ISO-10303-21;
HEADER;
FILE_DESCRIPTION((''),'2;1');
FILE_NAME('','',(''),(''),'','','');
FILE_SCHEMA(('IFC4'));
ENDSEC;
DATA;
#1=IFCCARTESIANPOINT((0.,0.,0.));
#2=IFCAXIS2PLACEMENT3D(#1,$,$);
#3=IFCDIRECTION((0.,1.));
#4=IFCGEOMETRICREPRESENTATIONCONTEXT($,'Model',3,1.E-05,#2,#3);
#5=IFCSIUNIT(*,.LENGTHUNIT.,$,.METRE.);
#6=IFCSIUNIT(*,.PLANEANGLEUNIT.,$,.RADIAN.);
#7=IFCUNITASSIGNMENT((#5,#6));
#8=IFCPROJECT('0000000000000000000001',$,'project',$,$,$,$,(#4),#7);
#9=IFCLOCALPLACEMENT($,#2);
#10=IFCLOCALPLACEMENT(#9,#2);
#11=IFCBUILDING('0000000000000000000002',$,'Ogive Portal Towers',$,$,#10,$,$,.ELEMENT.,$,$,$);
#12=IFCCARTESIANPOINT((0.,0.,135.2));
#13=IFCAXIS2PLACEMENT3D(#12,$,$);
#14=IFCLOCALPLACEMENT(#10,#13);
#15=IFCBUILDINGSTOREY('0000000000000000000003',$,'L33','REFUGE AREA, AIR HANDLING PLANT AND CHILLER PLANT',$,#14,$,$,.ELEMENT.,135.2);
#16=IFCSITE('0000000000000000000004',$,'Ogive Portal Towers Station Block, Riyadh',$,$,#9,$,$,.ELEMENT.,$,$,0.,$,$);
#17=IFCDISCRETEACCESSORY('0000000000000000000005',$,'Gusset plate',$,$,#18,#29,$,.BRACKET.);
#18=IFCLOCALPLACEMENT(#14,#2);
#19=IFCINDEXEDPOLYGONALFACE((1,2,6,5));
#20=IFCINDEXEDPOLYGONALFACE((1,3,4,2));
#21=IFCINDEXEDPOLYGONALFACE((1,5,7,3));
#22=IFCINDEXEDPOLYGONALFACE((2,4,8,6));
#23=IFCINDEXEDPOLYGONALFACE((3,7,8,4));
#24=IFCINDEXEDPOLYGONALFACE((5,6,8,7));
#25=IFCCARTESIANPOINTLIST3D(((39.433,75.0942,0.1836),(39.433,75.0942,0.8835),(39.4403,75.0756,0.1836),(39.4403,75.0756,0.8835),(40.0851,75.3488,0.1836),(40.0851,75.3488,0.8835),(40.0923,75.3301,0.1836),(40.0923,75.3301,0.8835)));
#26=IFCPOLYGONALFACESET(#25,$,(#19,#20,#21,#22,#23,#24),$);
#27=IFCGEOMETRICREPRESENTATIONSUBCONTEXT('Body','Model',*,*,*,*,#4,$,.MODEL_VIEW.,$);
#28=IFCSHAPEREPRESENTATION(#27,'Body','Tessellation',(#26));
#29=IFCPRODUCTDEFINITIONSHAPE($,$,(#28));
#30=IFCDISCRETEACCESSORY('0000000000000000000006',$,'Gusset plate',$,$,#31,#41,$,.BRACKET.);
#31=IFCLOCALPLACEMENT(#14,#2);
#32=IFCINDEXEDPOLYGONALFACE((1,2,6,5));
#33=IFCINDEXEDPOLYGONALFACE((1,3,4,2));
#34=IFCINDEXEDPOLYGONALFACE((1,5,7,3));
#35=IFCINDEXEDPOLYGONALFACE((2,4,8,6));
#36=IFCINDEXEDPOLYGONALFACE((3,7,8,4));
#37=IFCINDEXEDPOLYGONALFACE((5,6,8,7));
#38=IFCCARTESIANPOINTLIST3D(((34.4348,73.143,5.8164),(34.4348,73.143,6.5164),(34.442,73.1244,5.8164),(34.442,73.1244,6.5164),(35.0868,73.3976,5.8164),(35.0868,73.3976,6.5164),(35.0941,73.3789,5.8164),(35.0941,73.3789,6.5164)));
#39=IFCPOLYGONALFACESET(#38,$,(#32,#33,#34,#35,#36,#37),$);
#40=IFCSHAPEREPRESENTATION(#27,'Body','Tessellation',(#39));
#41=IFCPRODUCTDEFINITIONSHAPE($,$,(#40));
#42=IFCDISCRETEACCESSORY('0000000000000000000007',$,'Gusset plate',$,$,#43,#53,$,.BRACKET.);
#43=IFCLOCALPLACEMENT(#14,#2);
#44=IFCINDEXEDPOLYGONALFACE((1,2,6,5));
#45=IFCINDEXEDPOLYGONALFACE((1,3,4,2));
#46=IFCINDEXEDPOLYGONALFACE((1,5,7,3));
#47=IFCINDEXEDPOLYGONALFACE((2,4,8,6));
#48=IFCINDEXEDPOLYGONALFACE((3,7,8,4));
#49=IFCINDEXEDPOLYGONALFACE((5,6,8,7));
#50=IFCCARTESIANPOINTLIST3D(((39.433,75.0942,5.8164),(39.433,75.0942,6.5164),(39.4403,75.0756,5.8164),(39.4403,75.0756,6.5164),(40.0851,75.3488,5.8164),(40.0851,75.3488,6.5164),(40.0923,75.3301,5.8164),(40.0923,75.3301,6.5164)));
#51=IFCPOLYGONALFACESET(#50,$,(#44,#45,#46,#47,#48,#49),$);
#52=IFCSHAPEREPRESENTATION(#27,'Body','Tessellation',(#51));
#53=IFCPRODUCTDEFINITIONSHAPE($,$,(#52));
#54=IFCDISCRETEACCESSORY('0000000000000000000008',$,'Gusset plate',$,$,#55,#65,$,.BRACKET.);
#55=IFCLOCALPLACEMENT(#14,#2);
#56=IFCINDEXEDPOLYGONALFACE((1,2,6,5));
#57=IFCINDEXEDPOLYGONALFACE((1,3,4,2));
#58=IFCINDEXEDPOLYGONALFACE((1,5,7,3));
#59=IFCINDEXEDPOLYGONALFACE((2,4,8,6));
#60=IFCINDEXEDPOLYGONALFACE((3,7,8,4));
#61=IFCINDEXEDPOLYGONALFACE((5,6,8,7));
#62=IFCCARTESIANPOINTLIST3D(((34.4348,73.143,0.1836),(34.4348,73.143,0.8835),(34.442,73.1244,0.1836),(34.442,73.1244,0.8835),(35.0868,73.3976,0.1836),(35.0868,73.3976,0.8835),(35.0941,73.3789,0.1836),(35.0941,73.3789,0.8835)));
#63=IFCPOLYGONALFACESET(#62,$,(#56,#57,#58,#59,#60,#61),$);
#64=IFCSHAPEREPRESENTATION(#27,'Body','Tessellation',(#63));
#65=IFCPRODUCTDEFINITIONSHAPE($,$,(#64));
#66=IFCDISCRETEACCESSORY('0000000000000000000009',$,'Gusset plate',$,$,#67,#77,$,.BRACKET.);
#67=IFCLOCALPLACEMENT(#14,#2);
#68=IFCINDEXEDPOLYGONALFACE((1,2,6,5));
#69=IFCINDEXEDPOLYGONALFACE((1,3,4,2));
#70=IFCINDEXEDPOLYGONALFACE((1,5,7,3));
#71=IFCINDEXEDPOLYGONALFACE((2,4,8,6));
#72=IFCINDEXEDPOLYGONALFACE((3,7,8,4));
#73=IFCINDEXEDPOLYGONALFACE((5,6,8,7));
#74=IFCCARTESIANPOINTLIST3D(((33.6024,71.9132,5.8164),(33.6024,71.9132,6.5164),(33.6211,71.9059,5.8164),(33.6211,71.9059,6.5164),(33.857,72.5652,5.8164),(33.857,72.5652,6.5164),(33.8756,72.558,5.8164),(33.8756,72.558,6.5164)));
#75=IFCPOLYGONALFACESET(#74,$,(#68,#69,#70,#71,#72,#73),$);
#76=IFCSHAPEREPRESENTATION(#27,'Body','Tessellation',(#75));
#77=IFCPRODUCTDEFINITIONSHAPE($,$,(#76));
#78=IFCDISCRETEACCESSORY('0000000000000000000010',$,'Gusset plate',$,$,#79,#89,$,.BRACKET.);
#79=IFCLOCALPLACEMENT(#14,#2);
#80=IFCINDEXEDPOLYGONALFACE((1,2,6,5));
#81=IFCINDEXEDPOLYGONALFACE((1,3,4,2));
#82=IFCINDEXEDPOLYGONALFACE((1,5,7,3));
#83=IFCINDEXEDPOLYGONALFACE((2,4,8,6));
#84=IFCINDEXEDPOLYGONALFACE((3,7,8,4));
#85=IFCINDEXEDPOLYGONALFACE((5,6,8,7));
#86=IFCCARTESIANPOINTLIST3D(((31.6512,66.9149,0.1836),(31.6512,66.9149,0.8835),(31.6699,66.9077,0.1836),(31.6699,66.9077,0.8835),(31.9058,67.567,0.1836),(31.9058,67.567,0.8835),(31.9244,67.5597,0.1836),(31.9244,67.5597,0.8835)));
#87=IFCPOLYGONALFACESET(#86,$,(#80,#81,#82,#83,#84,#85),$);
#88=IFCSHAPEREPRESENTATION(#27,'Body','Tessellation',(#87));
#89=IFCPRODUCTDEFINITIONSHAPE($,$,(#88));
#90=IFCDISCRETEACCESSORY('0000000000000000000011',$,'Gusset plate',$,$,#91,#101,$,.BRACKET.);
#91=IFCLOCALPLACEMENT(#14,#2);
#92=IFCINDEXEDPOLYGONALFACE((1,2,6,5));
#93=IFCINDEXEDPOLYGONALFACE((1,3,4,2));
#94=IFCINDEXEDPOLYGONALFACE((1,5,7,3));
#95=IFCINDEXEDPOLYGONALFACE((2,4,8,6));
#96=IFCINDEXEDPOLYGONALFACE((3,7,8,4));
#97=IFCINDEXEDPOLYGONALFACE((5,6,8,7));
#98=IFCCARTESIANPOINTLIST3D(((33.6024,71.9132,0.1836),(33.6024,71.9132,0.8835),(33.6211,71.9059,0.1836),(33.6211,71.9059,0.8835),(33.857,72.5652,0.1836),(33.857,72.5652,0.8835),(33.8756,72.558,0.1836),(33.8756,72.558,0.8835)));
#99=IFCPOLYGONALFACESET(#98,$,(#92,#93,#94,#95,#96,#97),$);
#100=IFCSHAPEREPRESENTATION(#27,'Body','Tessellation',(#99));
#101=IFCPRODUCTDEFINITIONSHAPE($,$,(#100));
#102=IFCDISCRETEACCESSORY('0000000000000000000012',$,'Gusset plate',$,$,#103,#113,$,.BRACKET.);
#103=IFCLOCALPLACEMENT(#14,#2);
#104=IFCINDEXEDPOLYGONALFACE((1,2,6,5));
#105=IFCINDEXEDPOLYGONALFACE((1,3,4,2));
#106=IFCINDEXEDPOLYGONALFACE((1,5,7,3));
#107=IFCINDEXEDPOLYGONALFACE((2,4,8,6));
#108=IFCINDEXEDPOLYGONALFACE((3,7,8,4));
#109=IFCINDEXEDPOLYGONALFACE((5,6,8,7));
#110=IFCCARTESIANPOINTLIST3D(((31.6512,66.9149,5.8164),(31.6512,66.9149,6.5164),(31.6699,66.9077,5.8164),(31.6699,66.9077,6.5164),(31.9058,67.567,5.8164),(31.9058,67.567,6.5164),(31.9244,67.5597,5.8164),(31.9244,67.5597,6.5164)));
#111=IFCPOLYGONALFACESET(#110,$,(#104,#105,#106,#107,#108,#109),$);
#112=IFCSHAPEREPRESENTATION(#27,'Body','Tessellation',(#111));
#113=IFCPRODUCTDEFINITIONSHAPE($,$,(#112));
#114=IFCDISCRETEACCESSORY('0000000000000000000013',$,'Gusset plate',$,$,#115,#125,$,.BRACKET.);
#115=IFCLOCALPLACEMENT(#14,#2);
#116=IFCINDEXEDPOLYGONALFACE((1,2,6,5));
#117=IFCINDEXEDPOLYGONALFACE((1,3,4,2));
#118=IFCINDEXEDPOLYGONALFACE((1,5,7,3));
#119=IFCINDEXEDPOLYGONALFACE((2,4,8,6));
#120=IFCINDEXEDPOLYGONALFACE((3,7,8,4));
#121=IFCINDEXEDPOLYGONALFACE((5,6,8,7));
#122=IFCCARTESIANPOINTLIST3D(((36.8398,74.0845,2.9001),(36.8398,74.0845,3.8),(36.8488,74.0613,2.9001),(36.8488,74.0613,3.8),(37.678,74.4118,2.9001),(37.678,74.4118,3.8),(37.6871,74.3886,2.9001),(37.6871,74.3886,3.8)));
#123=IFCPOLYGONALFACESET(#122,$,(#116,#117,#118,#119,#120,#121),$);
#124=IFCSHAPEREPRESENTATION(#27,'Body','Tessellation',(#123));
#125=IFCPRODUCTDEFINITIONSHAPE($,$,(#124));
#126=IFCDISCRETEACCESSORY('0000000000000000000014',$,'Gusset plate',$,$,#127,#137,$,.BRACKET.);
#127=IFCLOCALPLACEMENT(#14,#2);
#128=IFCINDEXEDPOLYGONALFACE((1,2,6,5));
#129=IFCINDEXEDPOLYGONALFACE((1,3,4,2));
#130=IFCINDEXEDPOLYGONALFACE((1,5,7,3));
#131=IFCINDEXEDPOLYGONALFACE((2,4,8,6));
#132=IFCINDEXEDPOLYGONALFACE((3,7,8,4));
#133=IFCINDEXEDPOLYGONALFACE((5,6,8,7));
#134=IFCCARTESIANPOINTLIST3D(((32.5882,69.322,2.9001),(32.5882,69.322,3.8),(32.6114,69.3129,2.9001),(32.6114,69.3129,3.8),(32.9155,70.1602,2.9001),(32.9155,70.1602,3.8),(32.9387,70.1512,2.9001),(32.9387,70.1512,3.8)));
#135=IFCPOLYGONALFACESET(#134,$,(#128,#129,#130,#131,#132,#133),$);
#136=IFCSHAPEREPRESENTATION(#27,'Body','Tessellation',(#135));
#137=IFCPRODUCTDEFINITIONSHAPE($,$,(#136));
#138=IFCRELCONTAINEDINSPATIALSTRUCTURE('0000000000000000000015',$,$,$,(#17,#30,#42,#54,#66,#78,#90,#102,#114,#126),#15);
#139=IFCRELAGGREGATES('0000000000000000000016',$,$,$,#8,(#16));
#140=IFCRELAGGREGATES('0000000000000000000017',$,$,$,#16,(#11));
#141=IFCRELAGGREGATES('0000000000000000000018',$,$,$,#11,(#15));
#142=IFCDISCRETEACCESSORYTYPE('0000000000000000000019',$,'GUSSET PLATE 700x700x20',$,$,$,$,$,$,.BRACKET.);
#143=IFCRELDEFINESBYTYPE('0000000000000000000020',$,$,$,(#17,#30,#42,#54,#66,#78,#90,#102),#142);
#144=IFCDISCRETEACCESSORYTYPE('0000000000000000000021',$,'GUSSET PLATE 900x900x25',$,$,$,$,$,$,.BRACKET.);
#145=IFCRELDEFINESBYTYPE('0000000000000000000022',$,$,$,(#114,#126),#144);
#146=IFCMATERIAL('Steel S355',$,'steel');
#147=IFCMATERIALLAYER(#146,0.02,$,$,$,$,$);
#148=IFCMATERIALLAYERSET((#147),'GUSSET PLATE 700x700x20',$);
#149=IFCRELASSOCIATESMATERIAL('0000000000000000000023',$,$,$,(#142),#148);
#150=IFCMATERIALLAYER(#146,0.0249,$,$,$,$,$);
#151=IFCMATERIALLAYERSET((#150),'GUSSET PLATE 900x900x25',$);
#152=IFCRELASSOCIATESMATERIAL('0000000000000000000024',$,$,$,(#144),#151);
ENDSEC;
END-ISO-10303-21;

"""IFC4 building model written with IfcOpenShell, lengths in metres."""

from ifc_helpers import new_model, si_unit, direction, frame, origin, origin_2d, place, context, subcontext, project, spatial, rectangle, extrude, material, layer, layer_set, type_object, element, save


model = new_model("IFC4")

# Units and contexts
model_context = context("Model", 3, precision=1e-05, world=origin(), true_north=direction((0.0, 1.0)))
body_context = subcontext(model_context, "Body", "Model", "MODEL_VIEW")
ifc_project = project(units=[si_unit("LENGTHUNIT", "METRE"), si_unit("PLANEANGLEUNIT", "RADIAN")], contexts=[model_context])

# Site, building, storey
site_placement = place(None, origin())
site = spatial("IfcSite", under=ifc_project, at=site_placement, Name="Ogive Portal Towers Station Block, Riyadh", CompositionType="ELEMENT", RefElevation=0.0)
building_placement = place(site_placement, origin())
building = spatial("IfcBuilding", under=site, at=building_placement, Name="Ogive Portal Towers", CompositionType="ELEMENT")
storey_placement = place(building_placement, frame((0.0, 0.0, 135.2)))
storey = spatial("IfcBuildingStorey", under=building, at=storey_placement, Name="L33", Description="REFUGE AREA, AIR HANDLING PLANT AND CHILLER PLANT", CompositionType="ELEMENT", Elevation=135.2)

# Shared definitions
ifc_material_1 = material(Name="Steel S355", Category="steel")

# Discrete accessories
ifc_layer_1 = layer(ifc_material_1, 0.02)
ifc_layer_set_1 = layer_set([ifc_layer_1], Name="GUSSET PLATE 700x700x20")
discrete_accessory_type_1 = type_object("IfcDiscreteAccessoryType", Name="GUSSET PLATE 700x700x20", PredefinedType="BRACKET", material=ifc_layer_set_1)
for number, where, z_axis, x_axis, name in (
    (1, (39.7627, 75.2122, 0.1836), (0.0, 0.0, 1.0), (-0.931533, -0.363658, 0.0), "Gusset plate"),
    (2, (34.7644, 73.261, 5.8164), (0.0, 0.0, 1.0), (-0.931533, -0.363658, 0.0), "Gusset plate"),
    (3, (39.7627, 75.2122, 5.8164), (0.0, 0.0, 1.0), (-0.931526, -0.363674, 0.0), "Gusset plate"),
    (4, (34.7644, 73.261, 0.1836), (0.0, 0.0, 1.0), (-0.931526, -0.363674, 0.0), "Gusset plate"),
    (5, (33.739, 72.2356, 5.8164), (0.0, 0.0, 1.0), (-0.363658, -0.931533, 0.0), "Gusset plate"),
    (6, (31.7878, 67.2373, 0.1836), (0.0, 0.0, 1.0), (-0.363658, -0.931533, 0.0), "Gusset plate"),
    (7, (33.739, 72.2356, 0.1836), (0.0, 0.0, 1.0), (-0.363674, -0.931526, 0.0), "Gusset plate"),
    (8, (31.7878, 67.2373, 5.8164), (0.0, 0.0, 1.0), (-0.363674, -0.931526, 0.0), "Gusset plate"),
):
    element("IfcDiscreteAccessory", number, at=place(storey_placement, frame(where, z_axis=z_axis, x_axis=x_axis)), inside=storey, type_object=discrete_accessory_type_1, Name=name, PredefinedType="BRACKET", context=body_context, shape_type="SweptSolid", body=[
        extrude(rectangle(XDim=0.7, YDim=0.02, at=origin_2d()), origin(), (0.0, 0.0, 1.0), 0.7),
    ])
ifc_layer_2 = layer(ifc_material_1, 0.0249)
ifc_layer_set_2 = layer_set([ifc_layer_2], Name="GUSSET PLATE 900x900x25")
discrete_accessory_type_2 = type_object("IfcDiscreteAccessoryType", Name="GUSSET PLATE 900x900x25", PredefinedType="BRACKET", material=ifc_layer_set_2)
for number, where, z_axis, x_axis, name in (
    (9, (37.2634, 74.2366, 2.9001), (0.0, 0.0, 1.0), (-0.931533, -0.363658, 0.0), "Gusset plate"),
    (10, (32.7634, 69.7366, 2.9001), (0.0, 0.0, 1.0), (-0.363658, -0.931533, 0.0), "Gusset plate"),
):
    element("IfcDiscreteAccessory", number, at=place(storey_placement, frame(where, z_axis=z_axis, x_axis=x_axis)), inside=storey, type_object=discrete_accessory_type_2, Name=name, PredefinedType="BRACKET", context=body_context, shape_type="SweptSolid", body=[
        extrude(rectangle(XDim=0.8999, YDim=0.0249, at=origin_2d()), origin(), (0.0, 0.0, 1.0), 0.8999),
    ])

save(model, "model.ifc")
